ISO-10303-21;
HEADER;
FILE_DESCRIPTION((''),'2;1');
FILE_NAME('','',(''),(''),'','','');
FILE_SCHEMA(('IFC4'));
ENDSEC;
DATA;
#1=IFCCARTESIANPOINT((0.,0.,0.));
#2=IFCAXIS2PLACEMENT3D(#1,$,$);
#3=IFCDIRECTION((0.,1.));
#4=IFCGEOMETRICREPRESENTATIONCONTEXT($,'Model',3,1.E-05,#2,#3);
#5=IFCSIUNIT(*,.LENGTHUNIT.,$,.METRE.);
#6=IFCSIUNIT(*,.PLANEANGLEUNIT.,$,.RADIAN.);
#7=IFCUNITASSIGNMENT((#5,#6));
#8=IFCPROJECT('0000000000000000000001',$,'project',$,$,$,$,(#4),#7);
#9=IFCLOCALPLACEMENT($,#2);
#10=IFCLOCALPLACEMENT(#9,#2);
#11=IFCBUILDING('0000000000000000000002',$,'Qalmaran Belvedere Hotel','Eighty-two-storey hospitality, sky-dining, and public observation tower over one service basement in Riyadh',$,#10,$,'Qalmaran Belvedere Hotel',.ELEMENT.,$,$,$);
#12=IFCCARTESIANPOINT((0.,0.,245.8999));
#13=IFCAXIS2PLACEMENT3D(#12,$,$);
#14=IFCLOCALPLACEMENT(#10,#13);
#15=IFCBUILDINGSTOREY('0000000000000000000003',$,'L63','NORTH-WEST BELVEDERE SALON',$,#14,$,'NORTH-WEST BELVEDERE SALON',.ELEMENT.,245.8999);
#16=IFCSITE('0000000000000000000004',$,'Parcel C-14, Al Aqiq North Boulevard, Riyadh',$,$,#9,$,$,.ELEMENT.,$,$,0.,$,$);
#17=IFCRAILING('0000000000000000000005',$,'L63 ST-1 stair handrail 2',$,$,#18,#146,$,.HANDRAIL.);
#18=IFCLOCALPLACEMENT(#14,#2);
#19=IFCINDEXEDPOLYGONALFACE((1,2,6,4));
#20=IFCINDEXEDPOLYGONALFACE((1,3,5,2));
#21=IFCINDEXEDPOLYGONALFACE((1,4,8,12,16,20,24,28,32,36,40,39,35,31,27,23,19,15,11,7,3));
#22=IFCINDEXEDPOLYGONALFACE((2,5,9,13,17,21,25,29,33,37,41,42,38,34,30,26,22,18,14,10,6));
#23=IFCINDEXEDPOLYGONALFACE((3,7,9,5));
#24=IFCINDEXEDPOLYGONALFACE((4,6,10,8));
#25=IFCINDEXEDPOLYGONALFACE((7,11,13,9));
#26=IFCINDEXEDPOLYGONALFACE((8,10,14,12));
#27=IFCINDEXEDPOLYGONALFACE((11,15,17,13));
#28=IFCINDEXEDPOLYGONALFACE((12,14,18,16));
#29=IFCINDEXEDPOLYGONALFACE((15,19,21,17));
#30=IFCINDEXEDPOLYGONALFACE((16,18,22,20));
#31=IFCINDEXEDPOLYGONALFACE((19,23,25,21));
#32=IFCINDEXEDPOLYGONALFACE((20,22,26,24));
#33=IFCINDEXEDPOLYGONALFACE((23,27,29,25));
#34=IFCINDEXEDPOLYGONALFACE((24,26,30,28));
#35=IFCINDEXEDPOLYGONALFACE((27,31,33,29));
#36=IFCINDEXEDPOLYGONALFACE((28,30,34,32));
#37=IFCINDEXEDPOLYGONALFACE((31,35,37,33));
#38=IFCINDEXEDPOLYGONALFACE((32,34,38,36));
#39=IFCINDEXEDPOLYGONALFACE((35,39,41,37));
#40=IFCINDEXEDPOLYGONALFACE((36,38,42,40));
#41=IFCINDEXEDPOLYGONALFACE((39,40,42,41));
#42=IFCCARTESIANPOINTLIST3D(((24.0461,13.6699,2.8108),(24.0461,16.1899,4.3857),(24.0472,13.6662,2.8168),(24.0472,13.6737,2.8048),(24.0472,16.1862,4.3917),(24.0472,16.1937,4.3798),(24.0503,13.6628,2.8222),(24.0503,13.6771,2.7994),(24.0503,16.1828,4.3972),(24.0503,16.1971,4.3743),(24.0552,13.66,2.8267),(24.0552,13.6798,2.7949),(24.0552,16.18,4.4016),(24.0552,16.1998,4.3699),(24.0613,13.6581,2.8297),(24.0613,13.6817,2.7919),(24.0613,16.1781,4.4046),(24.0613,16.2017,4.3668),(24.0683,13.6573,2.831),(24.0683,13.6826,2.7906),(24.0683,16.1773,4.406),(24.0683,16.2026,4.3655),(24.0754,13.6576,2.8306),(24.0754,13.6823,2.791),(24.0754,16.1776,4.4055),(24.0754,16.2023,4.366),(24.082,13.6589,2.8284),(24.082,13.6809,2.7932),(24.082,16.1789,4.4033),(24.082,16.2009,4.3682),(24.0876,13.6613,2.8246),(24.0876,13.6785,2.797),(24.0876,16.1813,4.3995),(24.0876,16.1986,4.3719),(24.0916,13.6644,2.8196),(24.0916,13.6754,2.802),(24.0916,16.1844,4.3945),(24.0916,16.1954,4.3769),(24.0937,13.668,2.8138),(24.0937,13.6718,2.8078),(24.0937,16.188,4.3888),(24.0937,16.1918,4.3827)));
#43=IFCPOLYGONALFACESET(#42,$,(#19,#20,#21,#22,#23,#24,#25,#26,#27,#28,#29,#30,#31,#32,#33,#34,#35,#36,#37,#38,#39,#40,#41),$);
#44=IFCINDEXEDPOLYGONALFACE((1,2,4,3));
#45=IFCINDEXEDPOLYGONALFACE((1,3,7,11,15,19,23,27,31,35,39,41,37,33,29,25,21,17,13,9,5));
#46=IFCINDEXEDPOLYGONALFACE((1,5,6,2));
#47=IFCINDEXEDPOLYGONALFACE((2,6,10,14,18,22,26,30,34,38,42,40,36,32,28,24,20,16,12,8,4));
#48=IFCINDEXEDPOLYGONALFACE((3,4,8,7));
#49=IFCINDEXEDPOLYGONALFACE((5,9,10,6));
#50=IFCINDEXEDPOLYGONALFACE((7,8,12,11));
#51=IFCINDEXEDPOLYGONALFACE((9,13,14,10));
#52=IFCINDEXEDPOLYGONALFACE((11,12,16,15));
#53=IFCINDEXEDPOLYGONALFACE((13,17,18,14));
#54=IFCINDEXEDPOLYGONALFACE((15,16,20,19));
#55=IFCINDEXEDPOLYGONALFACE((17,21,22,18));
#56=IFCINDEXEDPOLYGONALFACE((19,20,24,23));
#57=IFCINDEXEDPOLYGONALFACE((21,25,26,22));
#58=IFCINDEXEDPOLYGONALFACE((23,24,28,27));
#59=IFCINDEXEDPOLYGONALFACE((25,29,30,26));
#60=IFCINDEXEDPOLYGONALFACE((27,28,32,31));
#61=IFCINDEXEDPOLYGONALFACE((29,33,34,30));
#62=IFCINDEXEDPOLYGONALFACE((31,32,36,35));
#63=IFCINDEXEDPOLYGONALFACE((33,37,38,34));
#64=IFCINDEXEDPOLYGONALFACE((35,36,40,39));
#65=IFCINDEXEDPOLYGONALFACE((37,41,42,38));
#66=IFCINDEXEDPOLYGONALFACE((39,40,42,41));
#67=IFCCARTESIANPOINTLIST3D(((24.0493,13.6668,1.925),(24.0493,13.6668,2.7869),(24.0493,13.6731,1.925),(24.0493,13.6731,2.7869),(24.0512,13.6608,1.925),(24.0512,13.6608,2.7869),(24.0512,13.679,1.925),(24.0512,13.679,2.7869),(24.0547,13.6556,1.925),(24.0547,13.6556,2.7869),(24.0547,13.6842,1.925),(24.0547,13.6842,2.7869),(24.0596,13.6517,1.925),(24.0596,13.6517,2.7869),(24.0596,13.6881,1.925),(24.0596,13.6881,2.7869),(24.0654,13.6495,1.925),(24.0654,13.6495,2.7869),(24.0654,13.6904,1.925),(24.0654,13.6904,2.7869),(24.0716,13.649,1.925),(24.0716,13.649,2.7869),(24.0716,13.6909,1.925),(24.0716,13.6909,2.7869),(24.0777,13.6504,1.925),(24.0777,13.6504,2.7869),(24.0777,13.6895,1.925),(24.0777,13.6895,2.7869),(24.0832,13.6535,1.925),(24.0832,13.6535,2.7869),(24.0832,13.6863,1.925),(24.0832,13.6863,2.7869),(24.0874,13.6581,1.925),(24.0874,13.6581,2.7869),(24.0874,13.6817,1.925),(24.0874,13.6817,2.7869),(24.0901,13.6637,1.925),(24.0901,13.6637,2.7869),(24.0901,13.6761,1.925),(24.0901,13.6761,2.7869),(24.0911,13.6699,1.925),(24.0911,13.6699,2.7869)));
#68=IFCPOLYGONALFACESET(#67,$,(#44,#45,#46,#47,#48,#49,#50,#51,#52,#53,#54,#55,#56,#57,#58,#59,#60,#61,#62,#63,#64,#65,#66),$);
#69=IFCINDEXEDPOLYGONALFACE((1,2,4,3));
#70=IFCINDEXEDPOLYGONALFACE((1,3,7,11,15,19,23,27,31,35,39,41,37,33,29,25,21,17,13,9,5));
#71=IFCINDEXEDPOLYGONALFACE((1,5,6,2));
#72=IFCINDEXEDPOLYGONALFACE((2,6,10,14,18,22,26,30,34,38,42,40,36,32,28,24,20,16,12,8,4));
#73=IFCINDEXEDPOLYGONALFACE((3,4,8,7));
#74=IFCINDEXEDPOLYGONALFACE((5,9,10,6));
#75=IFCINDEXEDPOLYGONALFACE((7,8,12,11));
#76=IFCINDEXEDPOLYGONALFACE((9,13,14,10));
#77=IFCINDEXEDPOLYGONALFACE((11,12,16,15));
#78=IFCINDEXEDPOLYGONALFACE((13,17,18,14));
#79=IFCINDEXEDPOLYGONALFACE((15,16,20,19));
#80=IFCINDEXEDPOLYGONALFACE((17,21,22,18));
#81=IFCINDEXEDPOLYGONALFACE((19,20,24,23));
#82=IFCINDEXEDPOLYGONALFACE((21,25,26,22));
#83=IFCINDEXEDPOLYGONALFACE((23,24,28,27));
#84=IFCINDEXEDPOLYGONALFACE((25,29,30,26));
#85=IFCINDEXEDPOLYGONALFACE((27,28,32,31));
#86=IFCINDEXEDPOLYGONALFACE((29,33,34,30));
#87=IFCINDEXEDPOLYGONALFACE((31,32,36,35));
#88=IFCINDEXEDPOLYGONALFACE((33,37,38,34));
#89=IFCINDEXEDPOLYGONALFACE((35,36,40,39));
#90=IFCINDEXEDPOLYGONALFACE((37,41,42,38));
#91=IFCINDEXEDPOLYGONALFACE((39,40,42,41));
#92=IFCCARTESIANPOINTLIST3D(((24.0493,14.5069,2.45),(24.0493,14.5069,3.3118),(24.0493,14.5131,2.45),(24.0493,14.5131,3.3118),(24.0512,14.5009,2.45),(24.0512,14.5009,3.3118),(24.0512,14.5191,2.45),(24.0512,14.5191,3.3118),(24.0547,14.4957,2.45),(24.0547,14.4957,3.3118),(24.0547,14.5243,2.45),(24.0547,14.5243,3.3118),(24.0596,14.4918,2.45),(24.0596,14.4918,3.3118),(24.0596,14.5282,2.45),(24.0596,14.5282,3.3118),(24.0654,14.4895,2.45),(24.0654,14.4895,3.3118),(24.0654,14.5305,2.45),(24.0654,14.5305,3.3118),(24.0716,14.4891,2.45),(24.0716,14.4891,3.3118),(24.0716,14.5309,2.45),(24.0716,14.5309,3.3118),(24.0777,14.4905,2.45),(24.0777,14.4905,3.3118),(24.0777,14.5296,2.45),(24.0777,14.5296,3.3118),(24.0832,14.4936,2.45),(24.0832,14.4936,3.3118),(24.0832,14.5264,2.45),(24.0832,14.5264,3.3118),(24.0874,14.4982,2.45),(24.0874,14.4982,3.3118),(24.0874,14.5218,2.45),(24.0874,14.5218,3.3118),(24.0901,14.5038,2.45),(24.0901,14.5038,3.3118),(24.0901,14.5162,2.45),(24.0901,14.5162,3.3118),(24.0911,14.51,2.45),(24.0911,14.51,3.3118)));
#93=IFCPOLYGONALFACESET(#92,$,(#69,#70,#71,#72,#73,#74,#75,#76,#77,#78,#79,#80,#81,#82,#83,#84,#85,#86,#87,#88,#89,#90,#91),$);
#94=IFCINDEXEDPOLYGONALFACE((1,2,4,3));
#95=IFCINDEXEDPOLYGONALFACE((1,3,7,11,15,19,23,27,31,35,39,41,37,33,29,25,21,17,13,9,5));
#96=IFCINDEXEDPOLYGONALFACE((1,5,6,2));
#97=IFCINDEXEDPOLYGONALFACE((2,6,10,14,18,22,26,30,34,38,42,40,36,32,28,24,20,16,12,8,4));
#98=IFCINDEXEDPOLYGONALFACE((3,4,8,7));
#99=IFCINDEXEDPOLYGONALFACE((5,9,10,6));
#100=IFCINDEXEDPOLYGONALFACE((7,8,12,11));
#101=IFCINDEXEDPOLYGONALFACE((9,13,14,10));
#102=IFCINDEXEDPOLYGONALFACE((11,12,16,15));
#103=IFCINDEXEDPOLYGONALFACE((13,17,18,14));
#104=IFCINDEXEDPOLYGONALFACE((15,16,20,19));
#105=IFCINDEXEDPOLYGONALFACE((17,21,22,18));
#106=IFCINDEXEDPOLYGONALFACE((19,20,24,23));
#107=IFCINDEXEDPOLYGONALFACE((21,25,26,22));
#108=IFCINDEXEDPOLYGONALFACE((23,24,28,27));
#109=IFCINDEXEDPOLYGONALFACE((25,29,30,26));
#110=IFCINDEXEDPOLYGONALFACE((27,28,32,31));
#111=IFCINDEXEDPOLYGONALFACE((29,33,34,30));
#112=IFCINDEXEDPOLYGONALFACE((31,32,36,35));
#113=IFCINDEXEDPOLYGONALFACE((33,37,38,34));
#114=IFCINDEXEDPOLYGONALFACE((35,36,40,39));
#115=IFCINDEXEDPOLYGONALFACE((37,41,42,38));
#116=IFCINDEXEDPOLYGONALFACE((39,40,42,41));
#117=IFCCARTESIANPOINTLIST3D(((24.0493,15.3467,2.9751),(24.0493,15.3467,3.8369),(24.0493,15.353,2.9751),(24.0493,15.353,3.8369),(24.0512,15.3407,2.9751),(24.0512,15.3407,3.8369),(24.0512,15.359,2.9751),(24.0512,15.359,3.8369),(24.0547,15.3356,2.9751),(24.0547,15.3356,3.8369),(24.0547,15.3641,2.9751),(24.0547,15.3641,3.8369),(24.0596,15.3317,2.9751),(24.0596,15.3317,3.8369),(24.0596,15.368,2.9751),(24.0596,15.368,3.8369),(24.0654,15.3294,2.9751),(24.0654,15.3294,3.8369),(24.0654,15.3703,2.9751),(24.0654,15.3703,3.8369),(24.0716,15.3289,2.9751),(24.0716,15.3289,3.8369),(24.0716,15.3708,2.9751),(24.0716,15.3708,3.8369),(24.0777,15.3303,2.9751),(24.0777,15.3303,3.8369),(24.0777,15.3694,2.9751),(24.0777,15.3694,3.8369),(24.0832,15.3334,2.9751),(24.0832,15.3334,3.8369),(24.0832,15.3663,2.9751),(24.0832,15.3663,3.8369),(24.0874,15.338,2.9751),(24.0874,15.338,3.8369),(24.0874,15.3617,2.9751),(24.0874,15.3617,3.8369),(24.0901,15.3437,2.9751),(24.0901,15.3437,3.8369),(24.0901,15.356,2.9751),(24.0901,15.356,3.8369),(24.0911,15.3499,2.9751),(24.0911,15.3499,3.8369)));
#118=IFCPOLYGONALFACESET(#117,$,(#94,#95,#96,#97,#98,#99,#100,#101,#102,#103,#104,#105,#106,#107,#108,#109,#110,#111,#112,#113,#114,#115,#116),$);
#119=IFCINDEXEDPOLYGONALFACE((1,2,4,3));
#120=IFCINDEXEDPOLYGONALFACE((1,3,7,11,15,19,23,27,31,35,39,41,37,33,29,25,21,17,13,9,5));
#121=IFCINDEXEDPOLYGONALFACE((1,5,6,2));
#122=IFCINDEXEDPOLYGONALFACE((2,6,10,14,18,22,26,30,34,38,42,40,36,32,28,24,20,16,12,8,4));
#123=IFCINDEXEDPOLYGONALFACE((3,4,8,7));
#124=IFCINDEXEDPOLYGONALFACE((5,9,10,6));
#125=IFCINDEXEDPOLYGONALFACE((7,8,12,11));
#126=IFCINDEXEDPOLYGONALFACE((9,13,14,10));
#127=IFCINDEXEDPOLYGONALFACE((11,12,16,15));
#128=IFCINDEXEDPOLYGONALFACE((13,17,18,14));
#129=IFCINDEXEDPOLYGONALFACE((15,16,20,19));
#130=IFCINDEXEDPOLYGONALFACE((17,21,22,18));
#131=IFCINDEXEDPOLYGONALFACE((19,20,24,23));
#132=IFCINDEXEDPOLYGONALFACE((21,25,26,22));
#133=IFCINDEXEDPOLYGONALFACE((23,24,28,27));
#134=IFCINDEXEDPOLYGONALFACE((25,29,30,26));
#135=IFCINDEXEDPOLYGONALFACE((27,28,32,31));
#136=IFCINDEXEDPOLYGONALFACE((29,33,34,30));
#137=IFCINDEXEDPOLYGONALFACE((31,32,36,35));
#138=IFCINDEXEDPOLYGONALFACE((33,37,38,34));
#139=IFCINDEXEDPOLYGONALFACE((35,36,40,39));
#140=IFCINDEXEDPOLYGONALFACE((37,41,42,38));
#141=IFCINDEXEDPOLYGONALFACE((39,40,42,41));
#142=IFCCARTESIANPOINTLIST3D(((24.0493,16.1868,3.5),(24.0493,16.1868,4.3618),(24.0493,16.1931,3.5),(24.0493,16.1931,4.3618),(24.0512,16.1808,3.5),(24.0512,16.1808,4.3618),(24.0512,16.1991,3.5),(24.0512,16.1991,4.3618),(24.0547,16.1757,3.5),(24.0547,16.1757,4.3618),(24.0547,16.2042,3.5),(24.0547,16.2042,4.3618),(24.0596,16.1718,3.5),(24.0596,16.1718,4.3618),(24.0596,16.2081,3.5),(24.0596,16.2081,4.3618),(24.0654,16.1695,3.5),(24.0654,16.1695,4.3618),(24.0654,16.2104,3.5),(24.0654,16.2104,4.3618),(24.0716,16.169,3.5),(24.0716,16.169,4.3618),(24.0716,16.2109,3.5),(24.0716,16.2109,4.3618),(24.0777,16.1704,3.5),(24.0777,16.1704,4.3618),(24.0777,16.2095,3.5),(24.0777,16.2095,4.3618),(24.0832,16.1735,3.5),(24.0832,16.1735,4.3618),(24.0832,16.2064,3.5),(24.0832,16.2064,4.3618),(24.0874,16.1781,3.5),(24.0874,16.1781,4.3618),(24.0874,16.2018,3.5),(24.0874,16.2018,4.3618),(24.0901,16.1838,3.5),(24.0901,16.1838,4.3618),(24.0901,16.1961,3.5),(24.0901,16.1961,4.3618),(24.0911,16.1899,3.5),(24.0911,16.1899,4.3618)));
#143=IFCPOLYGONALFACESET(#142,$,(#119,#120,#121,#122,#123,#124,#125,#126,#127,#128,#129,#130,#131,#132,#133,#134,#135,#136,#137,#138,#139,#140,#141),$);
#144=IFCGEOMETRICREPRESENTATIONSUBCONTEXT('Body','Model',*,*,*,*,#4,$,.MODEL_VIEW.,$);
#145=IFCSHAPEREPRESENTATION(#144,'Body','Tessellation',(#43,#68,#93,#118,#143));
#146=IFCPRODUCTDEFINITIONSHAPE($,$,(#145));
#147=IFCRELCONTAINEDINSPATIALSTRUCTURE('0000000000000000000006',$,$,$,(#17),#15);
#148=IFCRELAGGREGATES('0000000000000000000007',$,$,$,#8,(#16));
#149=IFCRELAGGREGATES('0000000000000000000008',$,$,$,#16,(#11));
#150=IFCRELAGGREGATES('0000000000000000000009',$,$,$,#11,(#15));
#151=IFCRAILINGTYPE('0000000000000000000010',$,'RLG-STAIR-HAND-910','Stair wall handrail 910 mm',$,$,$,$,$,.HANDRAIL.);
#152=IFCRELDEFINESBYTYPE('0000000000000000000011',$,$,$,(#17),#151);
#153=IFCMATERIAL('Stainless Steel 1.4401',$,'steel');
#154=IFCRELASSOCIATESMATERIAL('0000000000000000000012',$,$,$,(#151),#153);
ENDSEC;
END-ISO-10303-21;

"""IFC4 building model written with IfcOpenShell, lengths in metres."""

from ifc_helpers import new_model, si_unit, direction, frame, origin, origin_2d, place, context, subcontext, project, spatial, circle, extrude, material, type_object, element, save


model = new_model("IFC4")

# Units and contexts
model_context = context("Model", 3, precision=1e-05, world=origin(), true_north=direction((0.0, 1.0)))
body_context = subcontext(model_context, "Body", "Model", "MODEL_VIEW")
ifc_project = project(units=[si_unit("LENGTHUNIT", "METRE"), si_unit("PLANEANGLEUNIT", "RADIAN")], contexts=[model_context])

# Site, building, storey
site_placement = place(None, origin())
site = spatial("IfcSite", under=ifc_project, at=site_placement, Name="Parcel C-14, Al Aqiq North Boulevard, Riyadh", CompositionType="ELEMENT", RefElevation=0.0)
building_placement = place(site_placement, origin())
building = spatial("IfcBuilding", under=site, at=building_placement, Name="Qalmaran Belvedere Hotel", Description="Eighty-two-storey hospitality, sky-dining, and public observation tower over one service basement in Riyadh", LongName="Qalmaran Belvedere Hotel", CompositionType="ELEMENT")
storey_placement = place(building_placement, frame((0.0, 0.0, 245.8999)))
storey = spatial("IfcBuildingStorey", under=building, at=storey_placement, Name="L63", Description="NORTH-WEST BELVEDERE SALON", LongName="NORTH-WEST BELVEDERE SALON", CompositionType="ELEMENT", Elevation=245.8999)

# Shared definitions
ifc_material_1 = material(Name="Stainless Steel 1.4401", Category="steel")

# Railing
railing_type_1 = type_object("IfcRailingType", Name="RLG-STAIR-HAND-910", Description="Stair wall handrail 910 mm", PredefinedType="HANDRAIL", material=ifc_material_1)
railing_1_placement = place(storey_placement, frame((24.0701, 13.6699, 1.925)))
element("IfcRailing", 1, at=railing_1_placement, inside=storey, type_object=railing_type_1, Name="L63 ST-1 stair handrail 2", PredefinedType="HANDRAIL", context=body_context, shape_type="SweptSolid", body=[
    extrude(circle(Radius=0.0239, at=origin_2d()), frame((0.0, 0.0, 0.8857), z_axis=(0.0, 0.848008, 0.529984), x_axis=(-1.0, 0.0, 0.0)), (0.0, 0.0, 1.0), 2.9717),
    extrude(circle(Radius=0.021, at=origin_2d()), origin(), (0.0, 0.0, 1.0), 0.8618),
    extrude(circle(Radius=0.021, at=origin_2d()), frame((0.0, 0.8401, 0.5249)), (0.0, 0.0, 1.0), 0.8618),
    extrude(circle(Radius=0.021, at=origin_2d()), frame((0.0, 1.6799, 1.05)), (0.0, 0.0, 1.0), 0.8618),
    extrude(circle(Radius=0.021, at=origin_2d()), frame((0.0, 2.52, 1.575)), (0.0, 0.0, 1.0), 0.8618),
])

save(model, "model.ifc")
